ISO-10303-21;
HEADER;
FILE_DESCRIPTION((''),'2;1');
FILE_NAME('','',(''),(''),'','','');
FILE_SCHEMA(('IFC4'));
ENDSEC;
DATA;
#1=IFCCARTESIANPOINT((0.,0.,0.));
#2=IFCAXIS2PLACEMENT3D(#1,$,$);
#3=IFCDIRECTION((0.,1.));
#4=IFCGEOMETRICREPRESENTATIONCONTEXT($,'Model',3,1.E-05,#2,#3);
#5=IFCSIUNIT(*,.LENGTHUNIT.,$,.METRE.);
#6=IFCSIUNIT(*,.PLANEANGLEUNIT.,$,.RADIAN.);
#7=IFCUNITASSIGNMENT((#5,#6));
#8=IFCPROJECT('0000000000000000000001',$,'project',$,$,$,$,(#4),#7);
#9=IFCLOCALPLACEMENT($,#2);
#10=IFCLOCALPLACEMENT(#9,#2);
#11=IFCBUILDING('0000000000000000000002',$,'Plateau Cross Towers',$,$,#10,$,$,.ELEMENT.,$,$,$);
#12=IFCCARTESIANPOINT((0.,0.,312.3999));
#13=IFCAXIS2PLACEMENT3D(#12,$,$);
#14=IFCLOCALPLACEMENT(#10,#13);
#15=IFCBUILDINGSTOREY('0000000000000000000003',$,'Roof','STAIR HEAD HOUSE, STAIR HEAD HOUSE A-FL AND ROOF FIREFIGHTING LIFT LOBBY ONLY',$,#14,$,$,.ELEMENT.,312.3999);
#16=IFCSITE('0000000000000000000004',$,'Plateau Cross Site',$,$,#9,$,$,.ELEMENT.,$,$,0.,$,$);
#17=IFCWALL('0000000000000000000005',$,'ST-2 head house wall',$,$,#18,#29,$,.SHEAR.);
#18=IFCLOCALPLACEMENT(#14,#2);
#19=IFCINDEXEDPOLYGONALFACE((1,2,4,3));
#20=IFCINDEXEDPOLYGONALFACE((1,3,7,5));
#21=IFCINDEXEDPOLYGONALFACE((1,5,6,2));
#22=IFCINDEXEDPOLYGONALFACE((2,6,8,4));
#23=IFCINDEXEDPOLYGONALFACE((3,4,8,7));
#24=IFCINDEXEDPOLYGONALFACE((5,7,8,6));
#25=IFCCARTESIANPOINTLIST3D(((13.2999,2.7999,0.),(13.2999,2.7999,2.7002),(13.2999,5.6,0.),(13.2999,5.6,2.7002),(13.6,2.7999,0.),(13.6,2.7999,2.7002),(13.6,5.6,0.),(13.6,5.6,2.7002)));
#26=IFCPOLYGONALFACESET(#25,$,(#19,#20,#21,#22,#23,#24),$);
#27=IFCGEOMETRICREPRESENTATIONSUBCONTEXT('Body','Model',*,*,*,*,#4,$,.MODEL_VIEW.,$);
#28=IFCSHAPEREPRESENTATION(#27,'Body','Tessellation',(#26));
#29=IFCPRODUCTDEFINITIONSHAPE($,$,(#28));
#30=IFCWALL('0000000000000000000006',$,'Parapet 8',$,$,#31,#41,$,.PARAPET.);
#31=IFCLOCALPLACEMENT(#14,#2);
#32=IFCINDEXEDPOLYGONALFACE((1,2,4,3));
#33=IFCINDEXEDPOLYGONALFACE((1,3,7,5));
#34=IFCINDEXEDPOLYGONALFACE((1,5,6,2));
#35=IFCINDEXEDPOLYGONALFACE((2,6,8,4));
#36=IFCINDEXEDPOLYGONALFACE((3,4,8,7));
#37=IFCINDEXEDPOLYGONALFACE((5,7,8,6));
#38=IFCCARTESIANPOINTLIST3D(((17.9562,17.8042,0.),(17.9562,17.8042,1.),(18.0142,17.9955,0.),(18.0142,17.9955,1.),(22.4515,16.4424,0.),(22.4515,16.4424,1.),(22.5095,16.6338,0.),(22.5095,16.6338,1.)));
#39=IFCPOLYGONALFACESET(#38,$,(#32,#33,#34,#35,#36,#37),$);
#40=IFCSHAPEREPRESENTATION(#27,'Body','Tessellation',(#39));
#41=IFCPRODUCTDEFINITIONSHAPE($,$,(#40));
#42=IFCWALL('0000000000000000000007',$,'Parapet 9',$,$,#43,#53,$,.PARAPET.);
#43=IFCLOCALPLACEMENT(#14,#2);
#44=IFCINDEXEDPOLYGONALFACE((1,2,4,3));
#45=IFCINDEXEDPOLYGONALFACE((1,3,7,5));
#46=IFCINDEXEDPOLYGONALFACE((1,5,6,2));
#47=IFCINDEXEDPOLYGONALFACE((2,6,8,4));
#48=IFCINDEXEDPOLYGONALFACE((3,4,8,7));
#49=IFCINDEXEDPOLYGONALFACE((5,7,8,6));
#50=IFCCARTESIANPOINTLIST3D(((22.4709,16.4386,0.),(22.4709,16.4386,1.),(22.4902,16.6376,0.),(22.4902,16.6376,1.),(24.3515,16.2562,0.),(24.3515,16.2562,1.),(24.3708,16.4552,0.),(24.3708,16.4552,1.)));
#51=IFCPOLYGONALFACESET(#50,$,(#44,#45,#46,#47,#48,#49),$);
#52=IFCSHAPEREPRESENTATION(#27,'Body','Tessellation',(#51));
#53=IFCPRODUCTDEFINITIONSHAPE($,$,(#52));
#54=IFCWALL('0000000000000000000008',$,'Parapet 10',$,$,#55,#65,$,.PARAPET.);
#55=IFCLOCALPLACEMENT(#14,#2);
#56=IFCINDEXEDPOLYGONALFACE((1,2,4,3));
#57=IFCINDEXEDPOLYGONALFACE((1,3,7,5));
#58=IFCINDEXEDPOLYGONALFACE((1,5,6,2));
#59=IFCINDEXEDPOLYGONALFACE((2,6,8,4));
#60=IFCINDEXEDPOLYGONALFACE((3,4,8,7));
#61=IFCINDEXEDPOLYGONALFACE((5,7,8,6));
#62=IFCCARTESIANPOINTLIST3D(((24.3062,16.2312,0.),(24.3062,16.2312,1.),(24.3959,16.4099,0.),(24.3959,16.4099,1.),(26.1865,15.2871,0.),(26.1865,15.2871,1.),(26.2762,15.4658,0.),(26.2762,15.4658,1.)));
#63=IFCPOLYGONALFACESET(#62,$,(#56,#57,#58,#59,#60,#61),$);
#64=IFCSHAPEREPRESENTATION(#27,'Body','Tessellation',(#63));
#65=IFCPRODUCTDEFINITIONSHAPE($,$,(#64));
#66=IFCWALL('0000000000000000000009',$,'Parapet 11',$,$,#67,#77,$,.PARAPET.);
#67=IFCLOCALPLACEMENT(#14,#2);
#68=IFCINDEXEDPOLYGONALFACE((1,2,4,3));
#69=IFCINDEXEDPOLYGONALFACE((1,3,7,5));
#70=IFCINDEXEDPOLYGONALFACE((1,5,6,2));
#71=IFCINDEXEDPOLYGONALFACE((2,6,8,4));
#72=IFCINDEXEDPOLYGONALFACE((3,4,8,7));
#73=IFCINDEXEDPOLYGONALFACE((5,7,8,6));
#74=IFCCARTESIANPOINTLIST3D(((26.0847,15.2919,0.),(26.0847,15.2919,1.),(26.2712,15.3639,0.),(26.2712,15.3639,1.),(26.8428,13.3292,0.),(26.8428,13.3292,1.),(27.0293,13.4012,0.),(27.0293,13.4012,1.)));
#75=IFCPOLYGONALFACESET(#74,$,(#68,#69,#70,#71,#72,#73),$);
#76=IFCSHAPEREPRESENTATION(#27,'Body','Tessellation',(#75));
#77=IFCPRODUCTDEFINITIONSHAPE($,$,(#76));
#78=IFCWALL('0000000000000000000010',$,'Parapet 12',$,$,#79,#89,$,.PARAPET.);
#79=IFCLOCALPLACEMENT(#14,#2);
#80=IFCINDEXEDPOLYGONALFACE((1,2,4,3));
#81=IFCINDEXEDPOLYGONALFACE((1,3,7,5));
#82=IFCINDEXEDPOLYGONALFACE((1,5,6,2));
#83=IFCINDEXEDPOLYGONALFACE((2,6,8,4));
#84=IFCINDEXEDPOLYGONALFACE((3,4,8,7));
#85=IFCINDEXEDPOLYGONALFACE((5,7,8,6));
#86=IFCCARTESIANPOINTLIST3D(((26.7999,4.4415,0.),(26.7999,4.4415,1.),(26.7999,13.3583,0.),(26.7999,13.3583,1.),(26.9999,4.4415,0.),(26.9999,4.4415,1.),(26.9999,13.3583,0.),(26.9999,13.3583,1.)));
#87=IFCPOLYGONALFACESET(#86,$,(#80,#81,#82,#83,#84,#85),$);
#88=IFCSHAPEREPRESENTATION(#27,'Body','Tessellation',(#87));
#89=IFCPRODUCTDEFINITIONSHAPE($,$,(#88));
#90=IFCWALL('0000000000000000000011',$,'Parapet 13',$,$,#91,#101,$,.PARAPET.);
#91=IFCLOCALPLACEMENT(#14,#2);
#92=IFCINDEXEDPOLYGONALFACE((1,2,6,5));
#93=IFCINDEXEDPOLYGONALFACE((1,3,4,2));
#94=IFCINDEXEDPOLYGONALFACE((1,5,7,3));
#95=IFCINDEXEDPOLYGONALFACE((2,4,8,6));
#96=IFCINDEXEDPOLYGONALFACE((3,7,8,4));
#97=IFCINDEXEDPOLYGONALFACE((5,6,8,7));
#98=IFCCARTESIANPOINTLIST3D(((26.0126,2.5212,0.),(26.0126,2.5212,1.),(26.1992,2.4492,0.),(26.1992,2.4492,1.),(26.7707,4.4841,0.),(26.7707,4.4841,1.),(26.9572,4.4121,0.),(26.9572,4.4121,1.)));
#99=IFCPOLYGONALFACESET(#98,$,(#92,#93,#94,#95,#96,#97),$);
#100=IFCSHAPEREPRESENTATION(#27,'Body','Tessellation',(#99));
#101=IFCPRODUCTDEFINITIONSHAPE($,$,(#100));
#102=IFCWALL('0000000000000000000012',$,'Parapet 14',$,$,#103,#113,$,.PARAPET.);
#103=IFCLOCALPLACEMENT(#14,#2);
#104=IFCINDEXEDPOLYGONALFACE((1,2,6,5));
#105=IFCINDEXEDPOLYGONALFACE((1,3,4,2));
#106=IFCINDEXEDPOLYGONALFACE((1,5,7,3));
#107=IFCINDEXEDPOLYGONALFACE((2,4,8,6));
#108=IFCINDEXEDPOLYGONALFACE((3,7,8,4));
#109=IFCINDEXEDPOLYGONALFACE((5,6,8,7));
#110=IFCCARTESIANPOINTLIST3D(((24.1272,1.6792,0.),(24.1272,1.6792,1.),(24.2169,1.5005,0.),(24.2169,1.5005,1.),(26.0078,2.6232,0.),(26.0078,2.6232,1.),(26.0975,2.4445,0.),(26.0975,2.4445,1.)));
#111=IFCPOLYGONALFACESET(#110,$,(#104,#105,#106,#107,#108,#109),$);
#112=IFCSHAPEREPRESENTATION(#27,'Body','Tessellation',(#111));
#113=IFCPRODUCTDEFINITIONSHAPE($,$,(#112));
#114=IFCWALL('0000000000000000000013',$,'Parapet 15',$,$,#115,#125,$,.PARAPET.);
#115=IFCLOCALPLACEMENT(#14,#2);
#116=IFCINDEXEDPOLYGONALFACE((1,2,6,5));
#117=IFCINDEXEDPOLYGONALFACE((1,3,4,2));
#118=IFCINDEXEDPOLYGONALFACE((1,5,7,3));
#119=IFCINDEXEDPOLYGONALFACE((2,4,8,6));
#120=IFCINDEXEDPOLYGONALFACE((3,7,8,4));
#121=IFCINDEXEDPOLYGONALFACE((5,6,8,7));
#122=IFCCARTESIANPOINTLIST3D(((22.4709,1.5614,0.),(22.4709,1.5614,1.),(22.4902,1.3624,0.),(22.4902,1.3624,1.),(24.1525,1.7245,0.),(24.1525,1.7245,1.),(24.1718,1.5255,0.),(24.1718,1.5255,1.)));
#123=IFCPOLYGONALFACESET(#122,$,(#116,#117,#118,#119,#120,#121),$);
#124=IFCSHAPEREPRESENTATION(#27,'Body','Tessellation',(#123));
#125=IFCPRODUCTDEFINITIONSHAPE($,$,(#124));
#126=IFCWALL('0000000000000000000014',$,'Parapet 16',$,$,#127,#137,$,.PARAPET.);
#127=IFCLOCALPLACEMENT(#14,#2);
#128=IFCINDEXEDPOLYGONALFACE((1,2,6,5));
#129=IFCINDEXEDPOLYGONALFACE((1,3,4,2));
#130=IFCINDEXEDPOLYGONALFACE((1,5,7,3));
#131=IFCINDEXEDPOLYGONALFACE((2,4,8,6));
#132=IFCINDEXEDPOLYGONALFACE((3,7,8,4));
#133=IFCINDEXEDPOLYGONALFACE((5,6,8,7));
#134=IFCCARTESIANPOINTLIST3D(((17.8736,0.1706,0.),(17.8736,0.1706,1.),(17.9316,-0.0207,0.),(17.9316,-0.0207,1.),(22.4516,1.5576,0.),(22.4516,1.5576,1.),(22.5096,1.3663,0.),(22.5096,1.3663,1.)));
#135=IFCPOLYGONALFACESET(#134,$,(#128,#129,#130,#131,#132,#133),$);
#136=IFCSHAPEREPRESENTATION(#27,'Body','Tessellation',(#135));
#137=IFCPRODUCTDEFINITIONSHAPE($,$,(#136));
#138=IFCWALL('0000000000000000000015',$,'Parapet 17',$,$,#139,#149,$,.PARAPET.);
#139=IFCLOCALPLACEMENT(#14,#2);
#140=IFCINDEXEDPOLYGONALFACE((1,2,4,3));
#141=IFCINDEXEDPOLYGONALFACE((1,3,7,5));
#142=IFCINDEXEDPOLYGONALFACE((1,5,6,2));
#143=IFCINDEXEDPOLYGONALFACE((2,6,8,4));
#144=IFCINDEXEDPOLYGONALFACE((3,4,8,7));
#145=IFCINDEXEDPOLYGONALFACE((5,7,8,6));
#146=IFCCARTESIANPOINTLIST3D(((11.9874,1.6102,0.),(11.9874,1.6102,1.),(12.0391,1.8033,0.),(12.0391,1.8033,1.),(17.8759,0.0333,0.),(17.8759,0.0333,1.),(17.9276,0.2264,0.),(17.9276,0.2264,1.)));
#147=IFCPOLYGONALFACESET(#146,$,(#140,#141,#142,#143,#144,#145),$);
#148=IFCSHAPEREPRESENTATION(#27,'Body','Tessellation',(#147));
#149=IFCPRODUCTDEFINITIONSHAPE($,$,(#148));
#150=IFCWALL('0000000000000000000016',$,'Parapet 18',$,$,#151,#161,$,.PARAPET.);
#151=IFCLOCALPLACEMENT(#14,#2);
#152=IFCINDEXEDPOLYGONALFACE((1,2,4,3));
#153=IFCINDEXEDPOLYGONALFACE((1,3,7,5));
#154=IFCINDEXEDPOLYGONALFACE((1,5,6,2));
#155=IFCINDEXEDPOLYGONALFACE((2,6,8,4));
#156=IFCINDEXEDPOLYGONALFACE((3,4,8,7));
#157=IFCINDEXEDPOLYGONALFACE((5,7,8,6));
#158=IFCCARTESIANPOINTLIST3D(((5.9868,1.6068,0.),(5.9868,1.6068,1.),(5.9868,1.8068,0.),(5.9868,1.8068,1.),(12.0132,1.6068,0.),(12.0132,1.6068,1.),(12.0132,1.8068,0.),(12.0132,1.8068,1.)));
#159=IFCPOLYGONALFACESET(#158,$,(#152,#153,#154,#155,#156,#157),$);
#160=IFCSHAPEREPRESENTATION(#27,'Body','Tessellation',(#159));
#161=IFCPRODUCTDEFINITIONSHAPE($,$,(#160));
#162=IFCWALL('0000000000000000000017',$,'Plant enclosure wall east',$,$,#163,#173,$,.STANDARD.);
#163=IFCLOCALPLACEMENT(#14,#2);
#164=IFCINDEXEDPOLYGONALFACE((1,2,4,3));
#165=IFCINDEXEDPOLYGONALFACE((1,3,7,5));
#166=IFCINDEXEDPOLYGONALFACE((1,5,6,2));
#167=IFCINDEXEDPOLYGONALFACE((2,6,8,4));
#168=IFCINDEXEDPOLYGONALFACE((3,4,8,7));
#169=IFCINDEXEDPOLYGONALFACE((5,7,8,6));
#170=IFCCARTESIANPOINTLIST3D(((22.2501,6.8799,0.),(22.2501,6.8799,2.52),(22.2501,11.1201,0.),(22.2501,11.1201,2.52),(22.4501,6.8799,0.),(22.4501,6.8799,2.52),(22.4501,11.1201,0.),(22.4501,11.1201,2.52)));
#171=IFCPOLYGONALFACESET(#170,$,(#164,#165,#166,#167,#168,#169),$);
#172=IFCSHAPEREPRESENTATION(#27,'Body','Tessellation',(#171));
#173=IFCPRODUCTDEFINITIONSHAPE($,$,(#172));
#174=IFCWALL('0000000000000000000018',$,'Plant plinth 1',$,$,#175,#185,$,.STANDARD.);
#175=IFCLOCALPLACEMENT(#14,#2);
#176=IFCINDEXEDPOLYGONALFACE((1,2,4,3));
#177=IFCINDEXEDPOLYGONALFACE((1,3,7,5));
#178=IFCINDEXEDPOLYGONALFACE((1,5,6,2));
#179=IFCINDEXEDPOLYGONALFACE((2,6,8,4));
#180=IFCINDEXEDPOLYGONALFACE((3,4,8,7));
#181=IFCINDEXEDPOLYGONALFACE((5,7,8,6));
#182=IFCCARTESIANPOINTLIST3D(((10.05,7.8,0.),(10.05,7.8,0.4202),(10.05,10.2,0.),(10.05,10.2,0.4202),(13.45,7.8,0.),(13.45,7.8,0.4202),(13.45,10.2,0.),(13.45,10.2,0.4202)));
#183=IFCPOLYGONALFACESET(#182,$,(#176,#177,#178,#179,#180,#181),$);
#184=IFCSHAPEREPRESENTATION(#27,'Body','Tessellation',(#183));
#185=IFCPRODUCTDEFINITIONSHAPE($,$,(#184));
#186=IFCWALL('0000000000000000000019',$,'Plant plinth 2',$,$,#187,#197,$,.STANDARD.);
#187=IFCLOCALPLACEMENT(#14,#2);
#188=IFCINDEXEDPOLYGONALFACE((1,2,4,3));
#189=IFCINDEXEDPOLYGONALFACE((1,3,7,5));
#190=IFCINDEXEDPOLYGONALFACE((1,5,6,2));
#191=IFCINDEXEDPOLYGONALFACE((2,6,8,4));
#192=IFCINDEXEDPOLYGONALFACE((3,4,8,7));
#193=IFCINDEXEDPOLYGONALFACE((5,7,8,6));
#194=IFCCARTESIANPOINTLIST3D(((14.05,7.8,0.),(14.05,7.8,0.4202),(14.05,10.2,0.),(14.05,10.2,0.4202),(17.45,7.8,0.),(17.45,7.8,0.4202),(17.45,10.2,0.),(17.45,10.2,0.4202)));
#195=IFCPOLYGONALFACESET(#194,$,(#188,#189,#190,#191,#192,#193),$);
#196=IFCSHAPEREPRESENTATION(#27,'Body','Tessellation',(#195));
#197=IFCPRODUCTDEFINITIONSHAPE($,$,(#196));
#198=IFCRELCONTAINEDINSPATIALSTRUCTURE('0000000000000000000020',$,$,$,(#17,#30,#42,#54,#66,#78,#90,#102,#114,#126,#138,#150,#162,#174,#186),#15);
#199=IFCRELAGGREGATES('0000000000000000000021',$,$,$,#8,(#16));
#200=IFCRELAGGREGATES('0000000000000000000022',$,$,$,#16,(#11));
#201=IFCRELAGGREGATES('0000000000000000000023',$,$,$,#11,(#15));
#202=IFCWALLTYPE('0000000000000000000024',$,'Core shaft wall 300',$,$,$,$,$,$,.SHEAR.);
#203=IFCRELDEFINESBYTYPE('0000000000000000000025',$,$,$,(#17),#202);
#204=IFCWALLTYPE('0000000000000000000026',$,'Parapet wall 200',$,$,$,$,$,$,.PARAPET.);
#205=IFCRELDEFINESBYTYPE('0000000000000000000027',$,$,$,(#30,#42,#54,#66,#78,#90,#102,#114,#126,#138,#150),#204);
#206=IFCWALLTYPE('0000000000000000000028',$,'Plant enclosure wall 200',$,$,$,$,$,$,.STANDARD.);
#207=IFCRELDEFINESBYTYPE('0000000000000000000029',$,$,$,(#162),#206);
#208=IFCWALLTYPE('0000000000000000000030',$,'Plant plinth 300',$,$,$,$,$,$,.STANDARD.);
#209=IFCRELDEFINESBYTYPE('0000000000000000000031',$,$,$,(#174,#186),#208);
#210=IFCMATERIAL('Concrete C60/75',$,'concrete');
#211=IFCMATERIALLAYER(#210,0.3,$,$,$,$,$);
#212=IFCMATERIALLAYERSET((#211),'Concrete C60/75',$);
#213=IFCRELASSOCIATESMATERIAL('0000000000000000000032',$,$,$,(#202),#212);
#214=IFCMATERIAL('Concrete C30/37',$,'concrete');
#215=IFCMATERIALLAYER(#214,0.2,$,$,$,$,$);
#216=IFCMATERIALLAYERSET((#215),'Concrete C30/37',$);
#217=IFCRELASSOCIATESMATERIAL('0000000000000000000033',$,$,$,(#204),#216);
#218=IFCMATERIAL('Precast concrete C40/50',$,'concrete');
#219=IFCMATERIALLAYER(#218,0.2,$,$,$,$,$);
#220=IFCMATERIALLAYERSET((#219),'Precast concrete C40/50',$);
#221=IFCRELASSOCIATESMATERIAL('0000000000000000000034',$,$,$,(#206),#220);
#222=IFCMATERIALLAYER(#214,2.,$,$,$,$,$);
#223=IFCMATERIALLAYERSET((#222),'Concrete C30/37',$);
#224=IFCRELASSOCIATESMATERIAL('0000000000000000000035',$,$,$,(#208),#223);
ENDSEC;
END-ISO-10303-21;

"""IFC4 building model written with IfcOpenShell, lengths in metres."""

from ifc_helpers import new_model, si_unit, direction, frame, frame_2d, origin, place, context, subcontext, project, spatial, rectangle, extrude, material, layer, layer_set, type_object, element, save


model = new_model("IFC4")

# Units and contexts
model_context = context("Model", 3, precision=1e-05, world=origin(), true_north=direction((0.0, 1.0)))
body_context = subcontext(model_context, "Body", "Model", "MODEL_VIEW")
ifc_project = project(units=[si_unit("LENGTHUNIT", "METRE"), si_unit("PLANEANGLEUNIT", "RADIAN")], contexts=[model_context])

# Site, building, storey
site_placement = place(None, origin())
site = spatial("IfcSite", under=ifc_project, at=site_placement, Name="Plateau Cross Site", CompositionType="ELEMENT", RefElevation=0.0)
building_placement = place(site_placement, origin())
building = spatial("IfcBuilding", under=site, at=building_placement, Name="Plateau Cross Towers", CompositionType="ELEMENT")
storey_placement = place(building_placement, frame((0.0, 0.0, 312.3999)))
storey = spatial("IfcBuildingStorey", under=building, at=storey_placement, Name="Roof", Description="STAIR HEAD HOUSE, STAIR HEAD HOUSE A-FL AND ROOF FIREFIGHTING LIFT LOBBY ONLY", CompositionType="ELEMENT", Elevation=312.3999)

# Walls
ifc_material_1 = material(Name="Concrete C60/75", Category="concrete")
ifc_layer_1 = layer(ifc_material_1, 0.3)
ifc_layer_set_1 = layer_set([ifc_layer_1], Name="Concrete C60/75")
wall_type_1 = type_object("IfcWallType", Name="Core shaft wall 300", PredefinedType="SHEAR", material=ifc_layer_set_1)
wall_1_placement = place(storey_placement, frame((13.45, 2.8, 0.0), z_axis=(0.0, 0.0, 1.0), x_axis=(0.0, 1.0, 0.0)))
element("IfcWall", 1, at=wall_1_placement, inside=storey, type_object=wall_type_1, Name="ST-2 head house wall", PredefinedType="SHEAR", context=body_context, shape_type="SweptSolid", body=[
    extrude(rectangle(XDim=2.8, YDim=0.3, at=frame_2d((1.3999, 0.0))), origin(), (0.0, 0.0, 1.0), 2.7002),
])
ifc_material_2 = material(Name="Concrete C30/37", Category="concrete")
ifc_layer_2 = layer(ifc_material_2, 0.2)
ifc_layer_set_2 = layer_set([ifc_layer_2], Name="Concrete C30/37")
wall_type_2 = type_object("IfcWallType", Name="Parapet wall 200", PredefinedType="PARAPET", material=ifc_layer_set_2)
wall_2_placement = place(storey_placement, frame((17.9851, 17.8999, 0.0), z_axis=(0.0, 0.0, 1.0), x_axis=(0.957049, -0.289927, 0.0)))
element("IfcWall", 2, at=wall_2_placement, inside=storey, type_object=wall_type_2, Name="Parapet 8", PredefinedType="PARAPET", context=body_context, shape_type="SweptSolid", body=[
    extrude(rectangle(XDim=4.697, YDim=0.2, at=frame_2d((2.3486, 0.0))), origin(), (0.0, 0.0, 1.0), 1.0),
])
wall_3_placement = place(storey_placement, frame((22.4805, 16.5381, 0.0), z_axis=(0.0, 0.0, 1.0), x_axis=(0.995331, -0.096522, 0.0)))
element("IfcWall", 3, at=wall_3_placement, inside=storey, type_object=wall_type_2, Name="Parapet 9", PredefinedType="PARAPET", context=body_context, shape_type="SweptSolid", body=[
    extrude(rectangle(XDim=1.8894, YDim=0.2, at=frame_2d((0.9448, 0.0))), origin(), (0.0, 0.0, 1.0), 1.0),
])
for number, where, z_axis, x_axis, name in (
    (4, (24.3511, 16.3206, 0.0), (0.0, 0.0, 1.0), (0.893683, -0.448698, 0.0), "Parapet 10"),
    (5, (26.178, 15.3279, 0.0), (0.0, 0.0, 1.0), (0.360301, -0.932836, 0.0), "Parapet 11"),
):
    element("IfcWall", number, at=place(storey_placement, frame(where, z_axis=z_axis, x_axis=x_axis)), inside=storey, type_object=wall_type_2, Name=name, PredefinedType="PARAPET", context=body_context, shape_type="SweptSolid", body=[
        extrude(rectangle(XDim=2.104, YDim=0.2, at=frame_2d((1.052, 0.0))), origin(), (0.0, 0.0, 1.0), 1.0),
    ])
wall_4_placement = place(storey_placement, frame((26.8999, 13.3584, 0.0), z_axis=(0.0, 0.0, 1.0), x_axis=(0.0, -1.0, 0.0)))
element("IfcWall", 6, at=wall_4_placement, inside=storey, type_object=wall_type_2, Name="Parapet 12", PredefinedType="PARAPET", context=body_context, shape_type="SweptSolid", body=[
    extrude(rectangle(XDim=8.9167, YDim=0.2, at=frame_2d((4.4585, 0.0))), origin(), (0.0, 0.0, 1.0), 1.0),
])
for number, where, z_axis, x_axis, name in (
    (7, (26.864, 4.4482, 0.0), (0.0, 0.0, 1.0), (-0.360262, -0.932851, 0.0), "Parapet 13"),
    (8, (26.0527, 2.5339, 0.0), (0.0, 0.0, 1.0), (-0.893707, -0.448652, 0.0), "Parapet 14"),
):
    element("IfcWall", number, at=place(storey_placement, frame(where, z_axis=z_axis, x_axis=x_axis)), inside=storey, type_object=wall_type_2, Name=name, PredefinedType="PARAPET", context=body_context, shape_type="SweptSolid", body=[
        extrude(rectangle(XDim=2.1042, YDim=0.2, at=frame_2d((1.0522, 0.0))), origin(), (0.0, 0.0, 1.0), 1.0),
    ])
wall_5_placement = place(storey_placement, frame((24.1621, 1.625, 0.0), z_axis=(0.0, 0.0, 1.0), x_axis=(-0.99533, -0.096527, 0.0)))
element("IfcWall", 9, at=wall_5_placement, inside=storey, type_object=wall_type_2, Name="Parapet 15", PredefinedType="PARAPET", context=body_context, shape_type="SweptSolid", body=[
    extrude(rectangle(XDim=1.6895, YDim=0.2, at=frame_2d((0.8447, 0.0))), origin(), (0.0, 0.0, 1.0), 1.0),
])
wall_6_placement = place(storey_placement, frame((22.4805, 1.4619, 0.0), z_axis=(0.0, 0.0, 1.0), x_axis=(-0.95704, -0.289955, 0.0)))
element("IfcWall", 10, at=wall_6_placement, inside=storey, type_object=wall_type_2, Name="Parapet 16", PredefinedType="PARAPET", context=body_context, shape_type="SweptSolid", body=[
    extrude(rectangle(XDim=4.7834, YDim=0.2, at=frame_2d((2.3916, 0.0))), origin(), (0.0, 0.0, 1.0), 1.0),
])
wall_7_placement = place(storey_placement, frame((17.9016, 0.1299, 0.0), z_axis=(0.0, 0.0, 1.0), x_axis=(-0.965963, 0.258682, 0.0)))
element("IfcWall", 11, at=wall_7_placement, inside=storey, type_object=wall_type_2, Name="Parapet 17", PredefinedType="PARAPET", context=body_context, shape_type="SweptSolid", body=[
    extrude(rectangle(XDim=6.0959, YDim=0.2, at=frame_2d((3.0479, 0.0))), origin(), (0.0, 0.0, 1.0), 1.0),
])
wall_8_placement = place(storey_placement, frame((12.0132, 1.7068, 0.0), z_axis=(0.0, 0.0, 1.0), x_axis=(-1.0, 0.0, 0.0)))
element("IfcWall", 12, at=wall_8_placement, inside=storey, type_object=wall_type_2, Name="Parapet 18", PredefinedType="PARAPET", context=body_context, shape_type="SweptSolid", body=[
    extrude(rectangle(XDim=6.0264, YDim=0.2, at=frame_2d((3.0132, 0.0))), origin(), (0.0, 0.0, 1.0), 1.0),
])
ifc_material_3 = material(Name="Precast concrete C40/50", Category="concrete")
ifc_layer_3 = layer(ifc_material_3, 0.2)
ifc_layer_set_3 = layer_set([ifc_layer_3], Name="Precast concrete C40/50")
wall_type_3 = type_object("IfcWallType", Name="Plant enclosure wall 200", PredefinedType="STANDARD", material=ifc_layer_set_3)
wall_9_placement = place(storey_placement, frame((22.3501, 6.8799, 0.0), z_axis=(0.0, 0.0, 1.0), x_axis=(0.0, 1.0, 0.0)))
element("IfcWall", 13, at=wall_9_placement, inside=storey, type_object=wall_type_3, Name="Plant enclosure wall east", PredefinedType="STANDARD", context=body_context, shape_type="SweptSolid", body=[
    extrude(rectangle(XDim=4.2402, YDim=0.2, at=frame_2d((2.1201, 0.0))), origin(), (0.0, 0.0, 1.0), 2.52),
])
ifc_layer_4 = layer(ifc_material_2, 2.0)
ifc_layer_set_4 = layer_set([ifc_layer_4], Name="Concrete C30/37")
wall_type_4 = type_object("IfcWallType", Name="Plant plinth 300", PredefinedType="STANDARD", material=ifc_layer_set_4)
for number, where, z_axis, x_axis, name in (
    (14, (10.05, 9.0, 0.0), (0.0, 0.0, 1.0), (1.0, 0.0, 0.0), "Plant plinth 1"),
    (15, (14.05, 9.0, 0.0), (0.0, 0.0, 1.0), (1.0, 0.0, 0.0), "Plant plinth 2"),
):
    element("IfcWall", number, at=place(storey_placement, frame(where, z_axis=z_axis, x_axis=x_axis)), inside=storey, type_object=wall_type_4, Name=name, PredefinedType="STANDARD", context=body_context, shape_type="SweptSolid", body=[
        extrude(rectangle(XDim=3.3999, YDim=2.3999, at=frame_2d((1.7, 0.0))), origin(), (0.0, 0.0, 1.0), 0.4202),
    ])

save(model, "model.ifc")
